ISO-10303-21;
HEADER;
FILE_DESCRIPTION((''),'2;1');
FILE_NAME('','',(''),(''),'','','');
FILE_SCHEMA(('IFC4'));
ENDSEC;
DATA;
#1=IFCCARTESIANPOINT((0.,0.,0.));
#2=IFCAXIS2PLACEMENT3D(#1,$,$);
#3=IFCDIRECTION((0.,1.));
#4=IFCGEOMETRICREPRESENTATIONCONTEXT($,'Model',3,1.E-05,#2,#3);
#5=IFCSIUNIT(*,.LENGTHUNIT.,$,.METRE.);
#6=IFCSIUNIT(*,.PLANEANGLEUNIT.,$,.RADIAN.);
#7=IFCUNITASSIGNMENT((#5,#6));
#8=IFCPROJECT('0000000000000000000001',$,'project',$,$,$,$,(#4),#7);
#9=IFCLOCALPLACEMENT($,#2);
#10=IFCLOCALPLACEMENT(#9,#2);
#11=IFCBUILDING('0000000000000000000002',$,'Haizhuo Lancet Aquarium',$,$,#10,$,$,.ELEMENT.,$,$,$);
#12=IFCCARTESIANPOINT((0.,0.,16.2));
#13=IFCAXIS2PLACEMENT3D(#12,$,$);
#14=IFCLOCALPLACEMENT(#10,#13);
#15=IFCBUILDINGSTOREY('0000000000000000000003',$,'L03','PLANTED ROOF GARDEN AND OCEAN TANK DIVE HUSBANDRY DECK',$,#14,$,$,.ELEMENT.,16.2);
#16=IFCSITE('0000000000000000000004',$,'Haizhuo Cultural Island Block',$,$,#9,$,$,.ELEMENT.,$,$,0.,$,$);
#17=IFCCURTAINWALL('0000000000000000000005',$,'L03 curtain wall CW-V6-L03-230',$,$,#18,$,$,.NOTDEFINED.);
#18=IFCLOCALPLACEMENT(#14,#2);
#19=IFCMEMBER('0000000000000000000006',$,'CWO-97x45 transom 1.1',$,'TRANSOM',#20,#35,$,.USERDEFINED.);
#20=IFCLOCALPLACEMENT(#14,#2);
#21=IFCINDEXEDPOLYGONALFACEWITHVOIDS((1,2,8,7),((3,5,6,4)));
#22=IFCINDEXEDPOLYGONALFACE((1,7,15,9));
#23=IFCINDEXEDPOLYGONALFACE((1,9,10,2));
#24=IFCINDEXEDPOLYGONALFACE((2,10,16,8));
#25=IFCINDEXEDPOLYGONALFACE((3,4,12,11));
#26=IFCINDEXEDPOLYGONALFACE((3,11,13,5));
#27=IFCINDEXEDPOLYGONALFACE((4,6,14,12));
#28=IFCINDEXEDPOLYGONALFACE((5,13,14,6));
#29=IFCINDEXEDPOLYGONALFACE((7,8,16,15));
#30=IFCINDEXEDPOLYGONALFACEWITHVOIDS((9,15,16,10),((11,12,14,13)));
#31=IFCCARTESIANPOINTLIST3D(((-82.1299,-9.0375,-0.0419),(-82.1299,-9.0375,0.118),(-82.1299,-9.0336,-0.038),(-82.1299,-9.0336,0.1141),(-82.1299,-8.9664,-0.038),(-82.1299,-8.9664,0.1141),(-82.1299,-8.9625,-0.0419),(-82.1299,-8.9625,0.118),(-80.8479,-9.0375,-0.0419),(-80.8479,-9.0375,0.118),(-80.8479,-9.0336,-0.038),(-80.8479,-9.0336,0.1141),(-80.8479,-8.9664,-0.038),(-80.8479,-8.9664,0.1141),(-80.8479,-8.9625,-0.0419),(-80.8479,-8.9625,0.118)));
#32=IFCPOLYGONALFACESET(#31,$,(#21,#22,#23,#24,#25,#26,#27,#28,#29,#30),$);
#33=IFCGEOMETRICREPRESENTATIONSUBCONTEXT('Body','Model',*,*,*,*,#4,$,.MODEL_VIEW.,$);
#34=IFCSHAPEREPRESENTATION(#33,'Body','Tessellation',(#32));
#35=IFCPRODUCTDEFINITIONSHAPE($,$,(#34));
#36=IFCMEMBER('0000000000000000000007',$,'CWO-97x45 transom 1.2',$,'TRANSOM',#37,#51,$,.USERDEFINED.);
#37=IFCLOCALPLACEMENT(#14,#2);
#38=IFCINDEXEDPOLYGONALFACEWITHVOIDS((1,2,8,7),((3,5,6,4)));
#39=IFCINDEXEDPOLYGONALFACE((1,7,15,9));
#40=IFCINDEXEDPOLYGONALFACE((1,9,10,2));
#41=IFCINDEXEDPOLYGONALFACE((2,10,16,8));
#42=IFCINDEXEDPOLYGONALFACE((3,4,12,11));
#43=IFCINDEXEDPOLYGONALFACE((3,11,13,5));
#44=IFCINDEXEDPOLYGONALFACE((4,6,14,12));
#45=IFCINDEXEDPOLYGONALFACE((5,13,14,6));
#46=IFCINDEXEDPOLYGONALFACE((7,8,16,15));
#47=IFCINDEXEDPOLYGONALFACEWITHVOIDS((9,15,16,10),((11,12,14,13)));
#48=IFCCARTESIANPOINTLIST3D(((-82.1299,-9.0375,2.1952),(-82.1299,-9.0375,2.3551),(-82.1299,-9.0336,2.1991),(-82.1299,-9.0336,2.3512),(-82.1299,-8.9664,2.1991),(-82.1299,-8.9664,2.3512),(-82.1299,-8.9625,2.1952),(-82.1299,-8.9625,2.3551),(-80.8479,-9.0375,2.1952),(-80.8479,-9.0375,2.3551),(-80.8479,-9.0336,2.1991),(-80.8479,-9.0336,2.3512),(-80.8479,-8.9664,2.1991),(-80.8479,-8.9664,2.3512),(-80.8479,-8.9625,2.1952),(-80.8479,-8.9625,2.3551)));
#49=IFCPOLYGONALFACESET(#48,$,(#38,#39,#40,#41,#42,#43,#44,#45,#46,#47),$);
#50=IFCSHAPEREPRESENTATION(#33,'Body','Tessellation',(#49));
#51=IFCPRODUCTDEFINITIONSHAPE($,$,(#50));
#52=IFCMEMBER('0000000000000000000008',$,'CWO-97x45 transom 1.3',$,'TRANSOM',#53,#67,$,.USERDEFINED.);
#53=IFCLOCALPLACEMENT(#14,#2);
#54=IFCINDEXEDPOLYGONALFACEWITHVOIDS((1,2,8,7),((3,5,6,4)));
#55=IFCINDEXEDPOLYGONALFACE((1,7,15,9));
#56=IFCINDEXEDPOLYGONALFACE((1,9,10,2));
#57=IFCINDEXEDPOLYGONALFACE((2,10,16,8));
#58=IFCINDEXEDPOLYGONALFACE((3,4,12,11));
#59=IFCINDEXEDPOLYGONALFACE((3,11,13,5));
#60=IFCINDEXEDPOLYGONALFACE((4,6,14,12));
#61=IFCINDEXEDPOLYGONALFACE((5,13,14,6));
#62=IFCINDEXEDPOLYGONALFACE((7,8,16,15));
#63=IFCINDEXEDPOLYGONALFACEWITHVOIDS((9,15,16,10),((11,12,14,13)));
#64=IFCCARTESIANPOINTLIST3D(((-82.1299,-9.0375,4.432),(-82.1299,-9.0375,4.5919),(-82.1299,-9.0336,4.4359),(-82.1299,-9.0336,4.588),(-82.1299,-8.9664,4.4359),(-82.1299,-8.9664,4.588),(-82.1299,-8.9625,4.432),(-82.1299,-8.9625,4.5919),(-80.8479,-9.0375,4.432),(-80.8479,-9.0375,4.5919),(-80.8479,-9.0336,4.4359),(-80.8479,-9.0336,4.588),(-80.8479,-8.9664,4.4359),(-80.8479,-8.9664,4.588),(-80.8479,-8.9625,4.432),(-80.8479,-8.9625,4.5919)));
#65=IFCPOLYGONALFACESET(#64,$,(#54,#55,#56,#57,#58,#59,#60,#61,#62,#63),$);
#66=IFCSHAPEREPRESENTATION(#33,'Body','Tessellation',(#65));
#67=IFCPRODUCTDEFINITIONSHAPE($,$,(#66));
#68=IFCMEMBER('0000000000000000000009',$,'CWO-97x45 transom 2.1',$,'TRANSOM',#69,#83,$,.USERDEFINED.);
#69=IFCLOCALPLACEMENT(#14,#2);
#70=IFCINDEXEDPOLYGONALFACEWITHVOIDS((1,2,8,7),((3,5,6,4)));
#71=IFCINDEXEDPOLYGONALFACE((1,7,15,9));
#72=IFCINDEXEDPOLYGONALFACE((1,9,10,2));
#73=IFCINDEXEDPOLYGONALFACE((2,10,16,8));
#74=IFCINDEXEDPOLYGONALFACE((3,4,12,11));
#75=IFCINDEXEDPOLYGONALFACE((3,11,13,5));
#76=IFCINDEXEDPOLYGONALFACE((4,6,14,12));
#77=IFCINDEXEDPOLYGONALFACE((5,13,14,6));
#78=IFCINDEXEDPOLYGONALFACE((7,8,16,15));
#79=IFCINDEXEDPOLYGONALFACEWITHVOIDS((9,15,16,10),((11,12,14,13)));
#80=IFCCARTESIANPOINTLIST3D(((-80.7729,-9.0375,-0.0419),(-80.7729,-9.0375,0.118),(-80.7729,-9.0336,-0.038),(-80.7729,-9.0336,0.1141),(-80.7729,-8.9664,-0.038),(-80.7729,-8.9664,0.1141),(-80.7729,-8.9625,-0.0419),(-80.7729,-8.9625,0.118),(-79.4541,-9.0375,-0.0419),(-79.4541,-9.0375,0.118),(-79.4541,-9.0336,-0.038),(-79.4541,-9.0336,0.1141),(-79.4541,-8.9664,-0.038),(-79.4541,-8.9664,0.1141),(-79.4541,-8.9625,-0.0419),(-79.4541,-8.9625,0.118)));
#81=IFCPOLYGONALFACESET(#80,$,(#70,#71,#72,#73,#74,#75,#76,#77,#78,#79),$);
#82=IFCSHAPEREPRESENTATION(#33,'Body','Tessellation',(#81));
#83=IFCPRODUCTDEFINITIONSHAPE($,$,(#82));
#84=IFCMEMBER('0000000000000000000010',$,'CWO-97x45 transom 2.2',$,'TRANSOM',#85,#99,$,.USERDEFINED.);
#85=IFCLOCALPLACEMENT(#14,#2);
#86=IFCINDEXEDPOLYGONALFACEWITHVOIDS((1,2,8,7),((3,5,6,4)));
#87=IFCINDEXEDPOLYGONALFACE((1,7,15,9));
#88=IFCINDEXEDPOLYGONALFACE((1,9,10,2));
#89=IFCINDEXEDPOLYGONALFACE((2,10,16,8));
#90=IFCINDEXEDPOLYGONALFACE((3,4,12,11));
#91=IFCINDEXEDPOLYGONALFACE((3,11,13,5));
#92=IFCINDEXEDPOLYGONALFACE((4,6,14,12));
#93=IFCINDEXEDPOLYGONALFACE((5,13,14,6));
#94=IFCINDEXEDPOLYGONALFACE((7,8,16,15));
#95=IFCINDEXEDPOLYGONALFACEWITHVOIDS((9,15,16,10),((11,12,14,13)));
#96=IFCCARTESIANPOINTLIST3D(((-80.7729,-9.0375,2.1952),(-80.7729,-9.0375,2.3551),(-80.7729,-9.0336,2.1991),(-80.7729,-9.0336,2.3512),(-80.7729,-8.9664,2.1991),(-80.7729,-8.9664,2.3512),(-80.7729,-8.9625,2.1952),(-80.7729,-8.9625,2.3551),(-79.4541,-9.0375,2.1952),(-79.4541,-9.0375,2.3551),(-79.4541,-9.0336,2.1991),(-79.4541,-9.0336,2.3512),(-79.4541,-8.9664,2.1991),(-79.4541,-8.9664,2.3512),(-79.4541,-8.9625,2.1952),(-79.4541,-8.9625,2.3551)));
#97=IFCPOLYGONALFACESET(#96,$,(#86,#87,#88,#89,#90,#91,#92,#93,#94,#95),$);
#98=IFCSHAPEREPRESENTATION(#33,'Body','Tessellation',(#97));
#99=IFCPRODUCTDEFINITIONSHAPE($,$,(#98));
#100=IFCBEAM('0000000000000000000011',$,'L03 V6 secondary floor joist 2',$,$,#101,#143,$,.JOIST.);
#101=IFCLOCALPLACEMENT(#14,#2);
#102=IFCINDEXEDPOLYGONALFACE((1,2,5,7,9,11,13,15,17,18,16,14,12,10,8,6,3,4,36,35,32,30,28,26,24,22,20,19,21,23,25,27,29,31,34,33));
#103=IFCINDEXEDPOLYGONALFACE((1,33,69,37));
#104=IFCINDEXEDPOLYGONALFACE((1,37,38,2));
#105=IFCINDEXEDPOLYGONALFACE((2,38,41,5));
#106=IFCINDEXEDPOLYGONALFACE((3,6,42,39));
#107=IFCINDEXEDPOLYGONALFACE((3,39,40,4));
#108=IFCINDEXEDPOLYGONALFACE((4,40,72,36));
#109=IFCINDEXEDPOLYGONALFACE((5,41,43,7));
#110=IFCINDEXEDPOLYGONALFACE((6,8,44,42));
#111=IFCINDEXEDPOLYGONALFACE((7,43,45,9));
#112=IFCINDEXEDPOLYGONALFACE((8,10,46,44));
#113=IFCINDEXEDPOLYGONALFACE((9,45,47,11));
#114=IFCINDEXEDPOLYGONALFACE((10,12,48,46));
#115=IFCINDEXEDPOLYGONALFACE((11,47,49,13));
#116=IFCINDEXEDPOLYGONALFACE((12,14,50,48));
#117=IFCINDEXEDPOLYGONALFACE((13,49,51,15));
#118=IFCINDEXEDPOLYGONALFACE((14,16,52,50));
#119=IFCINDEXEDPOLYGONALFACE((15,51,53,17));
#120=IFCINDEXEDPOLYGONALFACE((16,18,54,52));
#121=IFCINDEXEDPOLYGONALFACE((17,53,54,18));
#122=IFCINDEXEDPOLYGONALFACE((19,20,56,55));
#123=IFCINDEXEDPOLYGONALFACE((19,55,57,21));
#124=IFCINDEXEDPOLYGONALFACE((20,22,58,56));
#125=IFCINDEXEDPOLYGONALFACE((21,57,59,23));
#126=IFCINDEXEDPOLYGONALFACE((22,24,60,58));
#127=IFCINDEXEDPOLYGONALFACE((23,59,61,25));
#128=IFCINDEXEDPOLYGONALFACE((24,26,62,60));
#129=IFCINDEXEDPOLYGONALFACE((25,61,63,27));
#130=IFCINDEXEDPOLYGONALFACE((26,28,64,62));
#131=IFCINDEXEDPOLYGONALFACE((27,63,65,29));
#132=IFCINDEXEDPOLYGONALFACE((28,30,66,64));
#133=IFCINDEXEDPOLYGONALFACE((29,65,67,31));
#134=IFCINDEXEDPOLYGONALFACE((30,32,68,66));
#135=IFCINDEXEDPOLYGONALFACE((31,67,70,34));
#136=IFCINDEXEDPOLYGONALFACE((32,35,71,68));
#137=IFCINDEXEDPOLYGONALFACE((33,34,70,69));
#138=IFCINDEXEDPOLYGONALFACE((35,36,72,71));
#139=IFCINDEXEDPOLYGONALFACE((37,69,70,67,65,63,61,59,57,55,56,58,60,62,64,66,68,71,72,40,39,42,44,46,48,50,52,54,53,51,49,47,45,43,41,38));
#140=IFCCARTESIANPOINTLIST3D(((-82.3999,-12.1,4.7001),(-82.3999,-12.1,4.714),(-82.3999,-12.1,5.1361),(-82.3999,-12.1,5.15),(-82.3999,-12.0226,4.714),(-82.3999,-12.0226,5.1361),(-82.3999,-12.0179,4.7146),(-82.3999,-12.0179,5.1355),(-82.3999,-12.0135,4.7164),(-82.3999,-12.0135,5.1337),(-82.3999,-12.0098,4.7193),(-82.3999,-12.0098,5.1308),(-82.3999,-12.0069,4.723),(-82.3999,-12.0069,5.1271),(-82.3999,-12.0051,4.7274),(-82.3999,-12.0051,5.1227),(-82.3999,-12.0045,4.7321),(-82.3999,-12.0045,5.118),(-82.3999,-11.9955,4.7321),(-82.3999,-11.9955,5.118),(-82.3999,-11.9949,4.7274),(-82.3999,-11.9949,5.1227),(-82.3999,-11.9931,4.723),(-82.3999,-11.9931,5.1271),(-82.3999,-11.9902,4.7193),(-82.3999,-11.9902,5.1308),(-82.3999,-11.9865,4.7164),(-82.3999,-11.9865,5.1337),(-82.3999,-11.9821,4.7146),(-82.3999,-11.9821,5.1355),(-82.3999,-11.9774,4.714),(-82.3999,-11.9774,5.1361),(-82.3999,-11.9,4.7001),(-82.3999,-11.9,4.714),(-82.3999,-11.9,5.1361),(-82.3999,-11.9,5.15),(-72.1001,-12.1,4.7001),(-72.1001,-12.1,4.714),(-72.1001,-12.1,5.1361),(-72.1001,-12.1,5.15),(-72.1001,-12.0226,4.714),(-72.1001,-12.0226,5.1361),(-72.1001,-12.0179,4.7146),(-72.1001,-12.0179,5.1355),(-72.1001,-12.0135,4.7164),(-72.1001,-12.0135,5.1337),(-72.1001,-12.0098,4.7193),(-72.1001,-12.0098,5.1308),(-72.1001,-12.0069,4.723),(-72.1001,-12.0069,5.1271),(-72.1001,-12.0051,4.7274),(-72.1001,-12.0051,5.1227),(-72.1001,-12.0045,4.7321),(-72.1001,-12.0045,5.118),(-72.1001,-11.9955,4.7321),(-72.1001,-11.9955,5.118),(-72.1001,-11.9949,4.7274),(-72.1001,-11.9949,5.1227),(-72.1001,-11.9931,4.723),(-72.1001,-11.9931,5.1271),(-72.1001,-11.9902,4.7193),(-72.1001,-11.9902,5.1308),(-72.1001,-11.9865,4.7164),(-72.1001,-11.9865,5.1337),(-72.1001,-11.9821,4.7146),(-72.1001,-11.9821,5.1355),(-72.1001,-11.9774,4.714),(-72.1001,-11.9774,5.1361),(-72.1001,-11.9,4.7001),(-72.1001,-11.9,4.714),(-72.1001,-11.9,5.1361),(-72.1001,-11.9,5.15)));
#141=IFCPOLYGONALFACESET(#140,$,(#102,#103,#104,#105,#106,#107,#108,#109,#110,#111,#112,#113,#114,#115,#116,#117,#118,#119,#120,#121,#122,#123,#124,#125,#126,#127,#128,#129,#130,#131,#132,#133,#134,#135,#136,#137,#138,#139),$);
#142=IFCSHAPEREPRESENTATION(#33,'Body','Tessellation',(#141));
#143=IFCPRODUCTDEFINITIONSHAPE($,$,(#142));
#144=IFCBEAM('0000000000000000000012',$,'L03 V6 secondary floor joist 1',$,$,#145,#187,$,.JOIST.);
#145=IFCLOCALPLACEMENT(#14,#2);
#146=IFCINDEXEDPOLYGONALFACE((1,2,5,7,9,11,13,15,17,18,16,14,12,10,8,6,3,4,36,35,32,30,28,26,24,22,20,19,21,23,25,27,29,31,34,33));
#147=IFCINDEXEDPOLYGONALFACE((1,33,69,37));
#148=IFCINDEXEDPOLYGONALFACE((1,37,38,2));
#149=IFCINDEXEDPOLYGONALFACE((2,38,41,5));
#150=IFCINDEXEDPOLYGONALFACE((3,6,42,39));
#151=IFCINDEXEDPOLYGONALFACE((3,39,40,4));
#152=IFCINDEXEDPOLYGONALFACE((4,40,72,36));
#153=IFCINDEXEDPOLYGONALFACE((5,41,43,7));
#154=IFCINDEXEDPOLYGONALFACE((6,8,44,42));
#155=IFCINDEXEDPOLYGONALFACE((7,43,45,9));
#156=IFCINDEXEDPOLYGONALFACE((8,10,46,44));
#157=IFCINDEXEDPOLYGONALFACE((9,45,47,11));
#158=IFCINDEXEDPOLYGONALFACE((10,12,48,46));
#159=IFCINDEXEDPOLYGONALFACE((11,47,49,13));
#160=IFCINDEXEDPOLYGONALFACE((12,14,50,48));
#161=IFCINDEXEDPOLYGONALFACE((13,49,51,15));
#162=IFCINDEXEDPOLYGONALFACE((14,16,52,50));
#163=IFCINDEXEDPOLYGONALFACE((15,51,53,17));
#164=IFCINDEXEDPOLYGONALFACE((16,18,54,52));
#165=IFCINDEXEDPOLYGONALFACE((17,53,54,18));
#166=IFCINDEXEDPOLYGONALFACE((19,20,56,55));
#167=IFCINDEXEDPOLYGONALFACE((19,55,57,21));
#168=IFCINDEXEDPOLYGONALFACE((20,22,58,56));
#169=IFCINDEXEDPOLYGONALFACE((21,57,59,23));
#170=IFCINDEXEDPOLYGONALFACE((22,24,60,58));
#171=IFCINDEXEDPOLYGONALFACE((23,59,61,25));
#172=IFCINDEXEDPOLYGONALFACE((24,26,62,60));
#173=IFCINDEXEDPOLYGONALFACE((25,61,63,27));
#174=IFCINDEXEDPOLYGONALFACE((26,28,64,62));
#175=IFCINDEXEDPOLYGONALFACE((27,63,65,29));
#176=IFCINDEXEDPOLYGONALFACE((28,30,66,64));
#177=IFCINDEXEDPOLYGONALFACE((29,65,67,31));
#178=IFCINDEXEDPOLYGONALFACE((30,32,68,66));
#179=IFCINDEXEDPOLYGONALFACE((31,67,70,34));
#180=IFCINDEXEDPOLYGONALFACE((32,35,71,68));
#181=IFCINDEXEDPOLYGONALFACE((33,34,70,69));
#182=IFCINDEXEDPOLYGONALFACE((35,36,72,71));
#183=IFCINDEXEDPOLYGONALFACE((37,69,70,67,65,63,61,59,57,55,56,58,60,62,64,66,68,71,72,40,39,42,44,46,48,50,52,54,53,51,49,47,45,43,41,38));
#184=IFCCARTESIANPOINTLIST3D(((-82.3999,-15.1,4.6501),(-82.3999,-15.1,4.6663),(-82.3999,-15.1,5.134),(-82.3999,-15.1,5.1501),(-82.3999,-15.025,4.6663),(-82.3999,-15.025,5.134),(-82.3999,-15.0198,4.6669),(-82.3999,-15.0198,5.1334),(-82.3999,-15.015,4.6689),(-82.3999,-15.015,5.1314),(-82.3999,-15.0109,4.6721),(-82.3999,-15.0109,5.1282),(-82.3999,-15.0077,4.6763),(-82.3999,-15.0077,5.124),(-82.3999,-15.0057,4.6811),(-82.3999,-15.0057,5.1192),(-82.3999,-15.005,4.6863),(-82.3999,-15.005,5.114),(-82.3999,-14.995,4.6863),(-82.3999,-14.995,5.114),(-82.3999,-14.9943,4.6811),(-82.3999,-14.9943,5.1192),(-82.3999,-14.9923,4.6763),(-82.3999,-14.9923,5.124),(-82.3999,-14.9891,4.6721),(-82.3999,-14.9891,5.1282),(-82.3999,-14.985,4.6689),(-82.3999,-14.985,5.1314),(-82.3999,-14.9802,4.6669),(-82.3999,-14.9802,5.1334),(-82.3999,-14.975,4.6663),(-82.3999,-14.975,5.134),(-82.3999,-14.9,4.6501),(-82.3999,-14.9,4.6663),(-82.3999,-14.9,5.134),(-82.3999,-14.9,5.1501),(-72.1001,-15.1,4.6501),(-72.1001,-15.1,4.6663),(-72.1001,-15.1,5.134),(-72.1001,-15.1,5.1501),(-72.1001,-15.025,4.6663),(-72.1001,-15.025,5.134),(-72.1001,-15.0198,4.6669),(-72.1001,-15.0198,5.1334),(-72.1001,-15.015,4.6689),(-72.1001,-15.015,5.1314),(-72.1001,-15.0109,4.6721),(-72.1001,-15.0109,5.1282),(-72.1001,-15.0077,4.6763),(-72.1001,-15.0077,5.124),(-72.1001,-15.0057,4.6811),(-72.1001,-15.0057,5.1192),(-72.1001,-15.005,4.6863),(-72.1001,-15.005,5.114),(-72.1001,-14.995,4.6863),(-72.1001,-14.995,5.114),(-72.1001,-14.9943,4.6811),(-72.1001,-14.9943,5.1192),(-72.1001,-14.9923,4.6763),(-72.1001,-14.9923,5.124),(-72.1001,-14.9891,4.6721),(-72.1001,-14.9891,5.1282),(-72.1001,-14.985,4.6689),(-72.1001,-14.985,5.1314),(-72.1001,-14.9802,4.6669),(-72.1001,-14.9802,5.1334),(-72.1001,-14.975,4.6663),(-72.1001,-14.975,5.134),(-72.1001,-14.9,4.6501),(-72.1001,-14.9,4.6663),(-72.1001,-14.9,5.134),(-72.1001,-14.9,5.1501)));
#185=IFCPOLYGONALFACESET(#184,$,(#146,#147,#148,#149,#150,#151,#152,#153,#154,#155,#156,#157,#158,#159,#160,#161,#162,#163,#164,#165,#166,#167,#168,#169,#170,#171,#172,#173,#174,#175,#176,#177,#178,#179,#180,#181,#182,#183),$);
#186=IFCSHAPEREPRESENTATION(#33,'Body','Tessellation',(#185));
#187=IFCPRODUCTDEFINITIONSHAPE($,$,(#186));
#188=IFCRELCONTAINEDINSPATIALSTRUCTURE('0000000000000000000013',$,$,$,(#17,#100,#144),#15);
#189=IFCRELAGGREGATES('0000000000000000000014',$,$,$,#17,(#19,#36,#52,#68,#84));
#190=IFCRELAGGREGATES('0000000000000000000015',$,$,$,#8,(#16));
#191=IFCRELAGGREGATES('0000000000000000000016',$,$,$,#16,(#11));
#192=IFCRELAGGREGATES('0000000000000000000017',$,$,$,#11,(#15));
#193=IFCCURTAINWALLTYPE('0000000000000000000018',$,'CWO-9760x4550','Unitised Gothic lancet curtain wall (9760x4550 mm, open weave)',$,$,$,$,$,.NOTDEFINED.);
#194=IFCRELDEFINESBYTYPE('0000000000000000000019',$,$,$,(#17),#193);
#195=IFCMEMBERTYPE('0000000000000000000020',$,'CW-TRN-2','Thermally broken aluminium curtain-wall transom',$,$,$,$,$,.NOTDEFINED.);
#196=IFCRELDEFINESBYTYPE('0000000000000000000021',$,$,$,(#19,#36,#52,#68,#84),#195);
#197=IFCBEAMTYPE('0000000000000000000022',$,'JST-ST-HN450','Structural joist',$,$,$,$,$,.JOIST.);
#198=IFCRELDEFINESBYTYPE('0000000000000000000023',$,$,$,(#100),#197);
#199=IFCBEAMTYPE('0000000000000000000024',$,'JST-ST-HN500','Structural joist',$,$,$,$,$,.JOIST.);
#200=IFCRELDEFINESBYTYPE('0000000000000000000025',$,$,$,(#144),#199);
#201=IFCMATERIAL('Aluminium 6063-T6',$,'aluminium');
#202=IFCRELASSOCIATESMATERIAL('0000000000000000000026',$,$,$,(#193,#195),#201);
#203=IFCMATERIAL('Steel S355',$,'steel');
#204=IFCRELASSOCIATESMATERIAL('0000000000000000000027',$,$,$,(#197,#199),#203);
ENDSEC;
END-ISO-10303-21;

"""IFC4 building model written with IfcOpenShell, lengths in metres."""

from ifc_helpers import new_model, si_unit, direction, frame, origin, origin_2d, place, context, subcontext, project, spatial, hollow_rectangle, i_section, extrude, material, material_profile, profile_set, type_object, element, aggregate, save


model = new_model("IFC4")

# Units and contexts
model_context = context("Model", 3, precision=1e-05, world=origin(), true_north=direction((0.0, 1.0)))
body_context = subcontext(model_context, "Body", "Model", "MODEL_VIEW")
ifc_project = project(units=[si_unit("LENGTHUNIT", "METRE"), si_unit("PLANEANGLEUNIT", "RADIAN")], contexts=[model_context])

# Site, building, storey
site_placement = place(None, origin())
site = spatial("IfcSite", under=ifc_project, at=site_placement, Name="Haizhuo Cultural Island Block", CompositionType="ELEMENT", RefElevation=0.0)
building_placement = place(site_placement, origin())
building = spatial("IfcBuilding", under=site, at=building_placement, Name="Haizhuo Lancet Aquarium", CompositionType="ELEMENT")
storey_placement = place(building_placement, frame((0.0, 0.0, 16.2)))
storey = spatial("IfcBuildingStorey", under=building, at=storey_placement, Name="L03", Description="PLANTED ROOF GARDEN AND OCEAN TANK DIVE HUSBANDRY DECK", CompositionType="ELEMENT", Elevation=16.2)

# Shared definitions
ifc_material_1 = material(Name="Steel S355", Category="steel")

# Shared definitions
ifc_material_2 = material(Name="Aluminium 6063-T6", Category="aluminium")

# Curtain wall
curtain_wall_type_1 = type_object("IfcCurtainWallType", Name="CWO-9760x4550", Description="Unitised Gothic lancet curtain wall (9760x4550 mm, open weave)", PredefinedType="NOTDEFINED", material=ifc_material_2)
curtain_wall_1_placement = place(storey_placement, origin())
curtain_wall_1 = element("IfcCurtainWall", 1, at=curtain_wall_1_placement, inside=storey, type_object=curtain_wall_type_1, Name="L03 curtain wall CW-V6-L03-230", PredefinedType="NOTDEFINED")

# Members
ifc_material_profile_1 = material_profile(ifc_material_2, hollow_rectangle(XDim=0.075, YDim=0.1599, WallThickness=0.0039, at=origin_2d()), Name="ALU-T 75x160x4")
ifc_profile_set_1 = profile_set([ifc_material_profile_1], Name="Aluminium 6063-T6")
member_type_1 = type_object("IfcMemberType", Name="CW-TRN-2", Description="Thermally broken aluminium curtain-wall transom", PredefinedType="NOTDEFINED", material=ifc_profile_set_1)
member_1_placement = place(storey_placement, frame((-82.1299, -9.0, 0.0381), z_axis=(1.0, 0.0, 0.0), x_axis=(0.0, 1.0, 0.0)))
member_1 = element("IfcMember", 2, at=member_1_placement, type_object=member_type_1, Name="CWO-97x45 transom 1.1", ObjectType="TRANSOM", PredefinedType="USERDEFINED", context=body_context, shape_type="SweptSolid", body=[
    extrude(hollow_rectangle(XDim=0.075, YDim=0.1599, WallThickness=0.0039, at=origin_2d()), origin(), (0.0, 0.0, 1.0), 1.282),
])
member_2_placement = place(storey_placement, frame((-82.1299, -9.0, 2.2751), z_axis=(1.0, 0.0, 0.0), x_axis=(0.0, 1.0, 0.0)))
member_2 = element("IfcMember", 3, at=member_2_placement, type_object=member_type_1, Name="CWO-97x45 transom 1.2", ObjectType="TRANSOM", PredefinedType="USERDEFINED", context=body_context, shape_type="SweptSolid", body=[
    extrude(hollow_rectangle(XDim=0.075, YDim=0.1599, WallThickness=0.0039, at=origin_2d()), origin(), (0.0, 0.0, 1.0), 1.282),
])
member_3_placement = place(storey_placement, frame((-82.1299, -9.0, 4.512), z_axis=(1.0, 0.0, 0.0), x_axis=(0.0, 1.0, 0.0)))
member_3 = element("IfcMember", 4, at=member_3_placement, type_object=member_type_1, Name="CWO-97x45 transom 1.3", ObjectType="TRANSOM", PredefinedType="USERDEFINED", context=body_context, shape_type="SweptSolid", body=[
    extrude(hollow_rectangle(XDim=0.075, YDim=0.1599, WallThickness=0.0039, at=origin_2d()), origin(), (0.0, 0.0, 1.0), 1.282),
])
member_4_placement = place(storey_placement, frame((-80.7729, -9.0, 0.0381), z_axis=(1.0, 0.0, 0.0), x_axis=(0.0, 1.0, 0.0)))
member_4 = element("IfcMember", 5, at=member_4_placement, type_object=member_type_1, Name="CWO-97x45 transom 2.1", ObjectType="TRANSOM", PredefinedType="USERDEFINED", context=body_context, shape_type="SweptSolid", body=[
    extrude(hollow_rectangle(XDim=0.075, YDim=0.1599, WallThickness=0.0039, at=origin_2d()), origin(), (0.0, 0.0, 1.0), 1.3188),
])
member_5_placement = place(storey_placement, frame((-80.7729, -9.0, 2.2751), z_axis=(1.0, 0.0, 0.0), x_axis=(0.0, 1.0, 0.0)))
member_5 = element("IfcMember", 6, at=member_5_placement, type_object=member_type_1, Name="CWO-97x45 transom 2.2", ObjectType="TRANSOM", PredefinedType="USERDEFINED", context=body_context, shape_type="SweptSolid", body=[
    extrude(hollow_rectangle(XDim=0.075, YDim=0.1599, WallThickness=0.0039, at=origin_2d()), origin(), (0.0, 0.0, 1.0), 1.3188),
])

# Beams
ifc_material_profile_2 = material_profile(ifc_material_1, i_section(OverallWidth=0.2, OverallDepth=0.45, WebThickness=0.009, FlangeThickness=0.0139, FilletRadius=0.0181, at=origin_2d()), Name="HN 450x200x9x14")
ifc_profile_set_2 = profile_set([ifc_material_profile_2], Name="Steel S355")
beam_type_1 = type_object("IfcBeamType", Name="JST-ST-HN450", Description="Structural joist", PredefinedType="JOIST", material=ifc_profile_set_2)
beam_1_placement = place(storey_placement, frame((-82.3999, -12.0, 4.925), z_axis=(1.0, 0.0, 0.0), x_axis=(0.0, 1.0, 0.0)))
element("IfcBeam", 7, at=beam_1_placement, inside=storey, type_object=beam_type_1, Name="L03 V6 secondary floor joist 2", PredefinedType="JOIST", context=body_context, shape_type="SweptSolid", body=[
    extrude(i_section(OverallWidth=0.2, OverallDepth=0.45, WebThickness=0.009, FlangeThickness=0.0139, FilletRadius=0.0181, at=origin_2d()), origin(), (0.0, 0.0, 1.0), 10.2998),
])
ifc_material_profile_3 = material_profile(ifc_material_1, i_section(OverallWidth=0.2, OverallDepth=0.5, WebThickness=0.01, FlangeThickness=0.0161, FilletRadius=0.02, at=origin_2d()), Name="HN 500x200x10x16")
ifc_profile_set_3 = profile_set([ifc_material_profile_3], Name="Steel S355")
beam_type_2 = type_object("IfcBeamType", Name="JST-ST-HN500", Description="Structural joist", PredefinedType="JOIST", material=ifc_profile_set_3)
beam_2_placement = place(storey_placement, frame((-82.3999, -15.0, 4.9001), z_axis=(1.0, 0.0, 0.0), x_axis=(0.0, 1.0, 0.0)))
element("IfcBeam", 8, at=beam_2_placement, inside=storey, type_object=beam_type_2, Name="L03 V6 secondary floor joist 1", PredefinedType="JOIST", context=body_context, shape_type="SweptSolid", body=[
    extrude(i_section(OverallWidth=0.2, OverallDepth=0.5, WebThickness=0.01, FlangeThickness=0.0161, FilletRadius=0.02, at=origin_2d()), origin(), (0.0, 0.0, 1.0), 10.2998),
])

aggregate(curtain_wall_1, [member_1, member_2, member_3, member_4, member_5])

save(model, "model.ifc")
